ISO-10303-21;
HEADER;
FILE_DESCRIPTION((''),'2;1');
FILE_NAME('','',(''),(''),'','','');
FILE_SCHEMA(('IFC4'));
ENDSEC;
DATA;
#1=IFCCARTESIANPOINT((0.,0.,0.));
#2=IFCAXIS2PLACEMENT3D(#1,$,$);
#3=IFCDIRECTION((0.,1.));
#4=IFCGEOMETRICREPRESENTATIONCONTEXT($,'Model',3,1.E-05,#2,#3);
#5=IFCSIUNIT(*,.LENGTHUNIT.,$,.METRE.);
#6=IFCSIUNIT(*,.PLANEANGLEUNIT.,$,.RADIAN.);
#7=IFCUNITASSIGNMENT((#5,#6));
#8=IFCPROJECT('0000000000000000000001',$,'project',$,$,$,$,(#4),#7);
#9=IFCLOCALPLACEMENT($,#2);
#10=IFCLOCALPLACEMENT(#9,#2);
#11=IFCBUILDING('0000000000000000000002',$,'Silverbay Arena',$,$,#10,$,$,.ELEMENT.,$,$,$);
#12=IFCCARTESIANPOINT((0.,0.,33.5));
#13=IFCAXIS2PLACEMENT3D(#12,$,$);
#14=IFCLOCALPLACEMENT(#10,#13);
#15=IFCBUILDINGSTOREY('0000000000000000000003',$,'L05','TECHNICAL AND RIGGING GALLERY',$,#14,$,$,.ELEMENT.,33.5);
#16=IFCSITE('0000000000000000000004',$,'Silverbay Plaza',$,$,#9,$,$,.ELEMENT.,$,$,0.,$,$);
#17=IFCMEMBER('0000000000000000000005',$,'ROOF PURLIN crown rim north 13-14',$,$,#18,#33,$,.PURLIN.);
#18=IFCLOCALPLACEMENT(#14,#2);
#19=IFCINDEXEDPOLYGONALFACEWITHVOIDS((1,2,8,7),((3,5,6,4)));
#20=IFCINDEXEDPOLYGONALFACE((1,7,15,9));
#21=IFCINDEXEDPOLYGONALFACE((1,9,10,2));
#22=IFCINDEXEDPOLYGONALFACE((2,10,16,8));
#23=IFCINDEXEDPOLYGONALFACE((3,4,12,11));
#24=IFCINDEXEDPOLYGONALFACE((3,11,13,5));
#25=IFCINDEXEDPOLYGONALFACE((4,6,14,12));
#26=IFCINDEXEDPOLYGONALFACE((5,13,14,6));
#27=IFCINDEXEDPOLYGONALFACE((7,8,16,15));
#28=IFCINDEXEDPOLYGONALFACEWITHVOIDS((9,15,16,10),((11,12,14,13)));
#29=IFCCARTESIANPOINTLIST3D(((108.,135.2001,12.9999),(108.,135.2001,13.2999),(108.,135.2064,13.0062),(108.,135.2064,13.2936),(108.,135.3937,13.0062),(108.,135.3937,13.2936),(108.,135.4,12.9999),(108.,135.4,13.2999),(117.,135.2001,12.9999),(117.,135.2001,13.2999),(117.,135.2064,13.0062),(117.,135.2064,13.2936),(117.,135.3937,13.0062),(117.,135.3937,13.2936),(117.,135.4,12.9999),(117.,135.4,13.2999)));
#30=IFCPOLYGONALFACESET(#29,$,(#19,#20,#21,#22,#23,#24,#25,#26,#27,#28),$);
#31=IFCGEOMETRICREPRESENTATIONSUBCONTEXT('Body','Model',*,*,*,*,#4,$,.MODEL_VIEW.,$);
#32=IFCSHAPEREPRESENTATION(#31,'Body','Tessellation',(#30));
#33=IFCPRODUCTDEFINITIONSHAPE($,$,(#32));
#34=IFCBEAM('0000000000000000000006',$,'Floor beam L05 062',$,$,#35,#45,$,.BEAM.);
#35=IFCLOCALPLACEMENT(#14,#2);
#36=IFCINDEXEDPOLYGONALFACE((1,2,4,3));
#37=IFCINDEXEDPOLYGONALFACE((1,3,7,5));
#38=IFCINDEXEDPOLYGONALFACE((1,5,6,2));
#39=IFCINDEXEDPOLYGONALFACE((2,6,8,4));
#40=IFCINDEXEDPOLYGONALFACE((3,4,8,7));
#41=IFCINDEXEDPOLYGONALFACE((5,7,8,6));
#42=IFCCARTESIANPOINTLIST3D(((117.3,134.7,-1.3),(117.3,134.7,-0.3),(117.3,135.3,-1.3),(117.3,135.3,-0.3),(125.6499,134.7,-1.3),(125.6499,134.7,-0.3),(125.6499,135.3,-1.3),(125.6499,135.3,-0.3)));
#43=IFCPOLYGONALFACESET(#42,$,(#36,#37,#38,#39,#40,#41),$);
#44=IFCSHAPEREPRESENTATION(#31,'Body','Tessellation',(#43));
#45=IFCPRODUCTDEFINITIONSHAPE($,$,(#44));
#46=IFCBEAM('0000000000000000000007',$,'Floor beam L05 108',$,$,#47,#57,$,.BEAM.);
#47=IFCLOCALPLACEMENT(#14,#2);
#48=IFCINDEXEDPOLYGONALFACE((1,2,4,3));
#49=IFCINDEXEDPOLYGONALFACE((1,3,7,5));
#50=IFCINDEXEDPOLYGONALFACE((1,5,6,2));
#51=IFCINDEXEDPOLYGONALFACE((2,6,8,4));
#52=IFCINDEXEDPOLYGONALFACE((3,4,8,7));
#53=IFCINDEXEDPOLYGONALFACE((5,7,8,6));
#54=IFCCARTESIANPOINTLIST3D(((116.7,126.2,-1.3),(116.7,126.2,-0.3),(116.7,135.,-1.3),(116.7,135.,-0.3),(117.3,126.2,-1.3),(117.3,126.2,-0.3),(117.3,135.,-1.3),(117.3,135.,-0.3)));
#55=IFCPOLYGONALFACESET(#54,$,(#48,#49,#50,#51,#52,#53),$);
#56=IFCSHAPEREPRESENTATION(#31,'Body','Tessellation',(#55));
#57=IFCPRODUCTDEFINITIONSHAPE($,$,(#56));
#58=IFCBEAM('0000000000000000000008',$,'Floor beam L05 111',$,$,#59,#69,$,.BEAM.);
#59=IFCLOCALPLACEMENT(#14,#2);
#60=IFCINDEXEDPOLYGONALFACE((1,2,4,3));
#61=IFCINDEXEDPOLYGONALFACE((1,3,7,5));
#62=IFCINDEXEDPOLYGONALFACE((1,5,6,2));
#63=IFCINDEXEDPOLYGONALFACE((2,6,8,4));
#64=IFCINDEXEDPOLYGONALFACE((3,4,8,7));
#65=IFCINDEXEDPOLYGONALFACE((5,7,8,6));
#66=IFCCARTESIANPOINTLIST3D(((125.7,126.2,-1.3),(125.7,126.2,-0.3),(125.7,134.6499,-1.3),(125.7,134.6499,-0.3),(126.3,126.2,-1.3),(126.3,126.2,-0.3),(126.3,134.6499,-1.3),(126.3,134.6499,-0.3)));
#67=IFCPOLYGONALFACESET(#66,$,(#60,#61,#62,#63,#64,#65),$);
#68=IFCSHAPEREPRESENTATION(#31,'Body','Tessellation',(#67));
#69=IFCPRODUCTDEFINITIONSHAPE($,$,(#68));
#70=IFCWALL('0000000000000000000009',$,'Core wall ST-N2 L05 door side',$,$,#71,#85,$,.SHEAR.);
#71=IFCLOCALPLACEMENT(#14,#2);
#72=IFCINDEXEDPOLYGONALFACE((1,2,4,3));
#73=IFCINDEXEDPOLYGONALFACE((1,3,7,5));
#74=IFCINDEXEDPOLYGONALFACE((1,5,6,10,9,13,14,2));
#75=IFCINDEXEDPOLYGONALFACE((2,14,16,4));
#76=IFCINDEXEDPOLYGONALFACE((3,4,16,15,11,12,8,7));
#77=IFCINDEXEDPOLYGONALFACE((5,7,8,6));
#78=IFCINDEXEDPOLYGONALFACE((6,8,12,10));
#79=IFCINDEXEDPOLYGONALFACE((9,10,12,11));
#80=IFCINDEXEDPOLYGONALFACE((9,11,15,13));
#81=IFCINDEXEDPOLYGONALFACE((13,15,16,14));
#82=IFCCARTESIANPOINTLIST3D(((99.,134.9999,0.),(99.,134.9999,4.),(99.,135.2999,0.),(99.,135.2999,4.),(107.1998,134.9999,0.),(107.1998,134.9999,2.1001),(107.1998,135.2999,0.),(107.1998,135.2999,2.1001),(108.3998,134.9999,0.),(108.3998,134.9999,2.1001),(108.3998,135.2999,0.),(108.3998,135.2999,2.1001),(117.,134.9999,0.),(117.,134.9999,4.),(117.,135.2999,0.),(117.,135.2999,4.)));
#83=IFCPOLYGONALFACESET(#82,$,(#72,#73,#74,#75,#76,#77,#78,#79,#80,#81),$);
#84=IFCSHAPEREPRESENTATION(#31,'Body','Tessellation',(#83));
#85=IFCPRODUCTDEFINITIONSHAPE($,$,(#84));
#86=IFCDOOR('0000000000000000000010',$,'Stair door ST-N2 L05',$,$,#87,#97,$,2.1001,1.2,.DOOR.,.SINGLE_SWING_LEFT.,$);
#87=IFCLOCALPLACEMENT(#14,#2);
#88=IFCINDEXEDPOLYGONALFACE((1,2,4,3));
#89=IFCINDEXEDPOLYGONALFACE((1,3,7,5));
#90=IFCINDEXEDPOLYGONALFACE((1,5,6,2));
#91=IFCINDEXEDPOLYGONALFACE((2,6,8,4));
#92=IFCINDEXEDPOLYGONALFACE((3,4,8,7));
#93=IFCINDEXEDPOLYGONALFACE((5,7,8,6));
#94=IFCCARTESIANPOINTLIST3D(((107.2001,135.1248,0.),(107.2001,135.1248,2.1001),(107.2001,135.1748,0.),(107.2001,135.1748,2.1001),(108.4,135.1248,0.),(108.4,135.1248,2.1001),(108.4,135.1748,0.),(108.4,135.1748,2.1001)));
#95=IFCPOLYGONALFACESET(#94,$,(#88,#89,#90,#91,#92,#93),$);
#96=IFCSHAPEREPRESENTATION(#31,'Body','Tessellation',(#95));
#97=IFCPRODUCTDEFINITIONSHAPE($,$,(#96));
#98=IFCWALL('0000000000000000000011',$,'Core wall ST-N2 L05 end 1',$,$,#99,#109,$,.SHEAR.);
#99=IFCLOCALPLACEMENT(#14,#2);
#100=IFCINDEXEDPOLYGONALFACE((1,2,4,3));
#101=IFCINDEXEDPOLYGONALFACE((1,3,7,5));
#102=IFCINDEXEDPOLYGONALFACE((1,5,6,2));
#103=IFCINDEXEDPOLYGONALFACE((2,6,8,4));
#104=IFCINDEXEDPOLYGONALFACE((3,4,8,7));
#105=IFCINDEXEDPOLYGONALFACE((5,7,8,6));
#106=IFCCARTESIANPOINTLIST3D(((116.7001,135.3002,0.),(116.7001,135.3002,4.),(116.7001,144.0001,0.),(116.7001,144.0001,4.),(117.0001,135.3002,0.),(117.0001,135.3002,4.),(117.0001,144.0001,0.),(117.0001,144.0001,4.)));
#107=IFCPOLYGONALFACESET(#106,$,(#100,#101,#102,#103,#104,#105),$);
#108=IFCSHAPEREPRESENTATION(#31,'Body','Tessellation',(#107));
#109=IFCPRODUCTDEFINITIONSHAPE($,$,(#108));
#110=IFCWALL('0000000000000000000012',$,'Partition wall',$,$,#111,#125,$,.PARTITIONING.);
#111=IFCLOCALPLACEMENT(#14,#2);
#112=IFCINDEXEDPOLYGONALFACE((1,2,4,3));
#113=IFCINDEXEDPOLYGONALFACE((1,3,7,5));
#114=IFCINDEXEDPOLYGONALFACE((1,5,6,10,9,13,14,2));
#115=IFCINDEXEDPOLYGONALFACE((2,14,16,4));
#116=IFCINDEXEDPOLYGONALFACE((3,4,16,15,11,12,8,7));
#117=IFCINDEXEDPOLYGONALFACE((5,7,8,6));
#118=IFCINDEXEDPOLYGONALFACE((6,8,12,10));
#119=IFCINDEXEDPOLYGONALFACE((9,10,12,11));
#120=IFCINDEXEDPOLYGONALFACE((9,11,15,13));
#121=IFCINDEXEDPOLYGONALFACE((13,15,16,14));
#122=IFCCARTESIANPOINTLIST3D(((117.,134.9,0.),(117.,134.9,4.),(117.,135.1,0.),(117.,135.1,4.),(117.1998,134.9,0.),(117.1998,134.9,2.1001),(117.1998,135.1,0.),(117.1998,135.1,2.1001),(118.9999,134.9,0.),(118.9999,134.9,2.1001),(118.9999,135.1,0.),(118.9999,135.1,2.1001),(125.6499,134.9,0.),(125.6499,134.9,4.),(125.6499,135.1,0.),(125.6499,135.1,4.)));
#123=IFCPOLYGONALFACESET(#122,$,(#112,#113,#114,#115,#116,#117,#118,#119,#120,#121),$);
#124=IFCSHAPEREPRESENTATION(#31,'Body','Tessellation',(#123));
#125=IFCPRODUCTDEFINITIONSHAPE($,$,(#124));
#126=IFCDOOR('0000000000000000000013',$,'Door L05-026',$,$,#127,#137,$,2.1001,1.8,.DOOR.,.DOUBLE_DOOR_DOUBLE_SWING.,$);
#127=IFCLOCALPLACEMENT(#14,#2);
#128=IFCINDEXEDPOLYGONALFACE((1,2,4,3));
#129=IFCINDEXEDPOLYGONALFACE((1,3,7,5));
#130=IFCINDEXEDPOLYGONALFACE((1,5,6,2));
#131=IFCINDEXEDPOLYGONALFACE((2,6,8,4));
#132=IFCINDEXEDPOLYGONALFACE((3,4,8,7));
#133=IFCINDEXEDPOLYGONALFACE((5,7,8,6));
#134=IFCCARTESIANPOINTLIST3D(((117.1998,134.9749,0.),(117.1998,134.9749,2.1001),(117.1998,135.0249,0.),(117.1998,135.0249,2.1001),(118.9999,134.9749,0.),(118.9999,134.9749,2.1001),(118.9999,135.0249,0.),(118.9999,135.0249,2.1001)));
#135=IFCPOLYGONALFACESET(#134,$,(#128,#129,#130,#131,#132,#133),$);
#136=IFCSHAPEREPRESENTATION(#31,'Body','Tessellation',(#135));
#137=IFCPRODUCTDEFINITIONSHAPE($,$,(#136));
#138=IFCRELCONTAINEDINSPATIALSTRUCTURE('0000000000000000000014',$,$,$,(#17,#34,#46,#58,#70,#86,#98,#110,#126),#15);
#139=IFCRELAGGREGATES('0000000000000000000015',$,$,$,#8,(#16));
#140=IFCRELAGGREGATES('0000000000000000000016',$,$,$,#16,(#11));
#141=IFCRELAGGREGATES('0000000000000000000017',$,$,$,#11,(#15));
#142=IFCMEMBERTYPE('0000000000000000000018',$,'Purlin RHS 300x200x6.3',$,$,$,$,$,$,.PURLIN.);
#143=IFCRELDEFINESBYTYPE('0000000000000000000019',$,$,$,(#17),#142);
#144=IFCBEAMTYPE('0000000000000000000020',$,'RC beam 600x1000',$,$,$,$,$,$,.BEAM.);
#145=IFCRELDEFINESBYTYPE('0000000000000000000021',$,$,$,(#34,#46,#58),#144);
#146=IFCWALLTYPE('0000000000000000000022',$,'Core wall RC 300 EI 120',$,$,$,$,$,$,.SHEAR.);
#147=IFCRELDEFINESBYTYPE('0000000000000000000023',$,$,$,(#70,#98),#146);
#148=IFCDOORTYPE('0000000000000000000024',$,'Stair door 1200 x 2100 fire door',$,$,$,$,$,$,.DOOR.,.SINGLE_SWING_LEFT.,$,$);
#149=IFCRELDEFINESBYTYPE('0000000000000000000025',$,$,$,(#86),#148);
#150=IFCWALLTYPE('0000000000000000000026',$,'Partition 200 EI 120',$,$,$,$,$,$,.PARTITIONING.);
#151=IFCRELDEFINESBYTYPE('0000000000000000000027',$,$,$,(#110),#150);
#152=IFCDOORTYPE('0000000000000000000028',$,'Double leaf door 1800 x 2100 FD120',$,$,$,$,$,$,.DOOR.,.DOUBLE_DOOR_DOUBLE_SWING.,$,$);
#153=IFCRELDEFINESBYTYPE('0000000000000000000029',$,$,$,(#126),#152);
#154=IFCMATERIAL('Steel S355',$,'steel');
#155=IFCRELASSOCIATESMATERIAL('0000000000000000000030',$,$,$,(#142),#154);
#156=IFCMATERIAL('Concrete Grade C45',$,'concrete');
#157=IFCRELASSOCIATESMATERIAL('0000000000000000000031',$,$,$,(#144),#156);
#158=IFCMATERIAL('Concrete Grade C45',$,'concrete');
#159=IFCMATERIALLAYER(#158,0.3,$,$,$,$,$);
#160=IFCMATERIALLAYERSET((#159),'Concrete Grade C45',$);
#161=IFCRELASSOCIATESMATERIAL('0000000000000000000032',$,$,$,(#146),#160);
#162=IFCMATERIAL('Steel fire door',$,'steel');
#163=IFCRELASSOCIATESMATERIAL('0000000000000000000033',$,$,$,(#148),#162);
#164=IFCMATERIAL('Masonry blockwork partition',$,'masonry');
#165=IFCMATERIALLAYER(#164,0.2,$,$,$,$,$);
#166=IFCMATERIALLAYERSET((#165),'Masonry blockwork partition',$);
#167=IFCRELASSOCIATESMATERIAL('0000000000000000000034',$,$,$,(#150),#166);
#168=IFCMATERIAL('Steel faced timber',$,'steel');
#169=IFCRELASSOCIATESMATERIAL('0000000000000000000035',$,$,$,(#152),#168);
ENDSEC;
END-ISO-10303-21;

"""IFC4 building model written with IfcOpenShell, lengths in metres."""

from ifc_helpers import new_model, si_unit, direction, frame, frame_2d, origin, origin_2d, place, context, subcontext, project, spatial, rectangle, hollow_rectangle, extrude, material, layer, layer_set, material_profile, profile_set, type_object, element, fill, save


model = new_model("IFC4")

# Units and contexts
model_context = context("Model", 3, precision=1e-05, world=origin(), true_north=direction((0.0, 1.0)))
body_context = subcontext(model_context, "Body", "Model", "MODEL_VIEW")
ifc_project = project(units=[si_unit("LENGTHUNIT", "METRE"), si_unit("PLANEANGLEUNIT", "RADIAN")], contexts=[model_context])

# Site, building, storey
site_placement = place(None, origin())
site = spatial("IfcSite", under=ifc_project, at=site_placement, Name="Silverbay Plaza", CompositionType="ELEMENT", RefElevation=0.0)
building_placement = place(site_placement, origin())
building = spatial("IfcBuilding", under=site, at=building_placement, Name="Silverbay Arena", CompositionType="ELEMENT")
storey_placement = place(building_placement, frame((0.0, 0.0, 33.5)))
storey = spatial("IfcBuildingStorey", under=building, at=storey_placement, Name="L05", Description="TECHNICAL AND RIGGING GALLERY", CompositionType="ELEMENT", Elevation=33.5)

# Member
ifc_material_1 = material(Name="Steel S355", Category="steel")
ifc_material_profile_1 = material_profile(ifc_material_1, hollow_rectangle(XDim=0.2, YDim=0.3, WallThickness=0.0063, at=origin_2d()), Name="RHS 300x200x6.3")
ifc_profile_set_1 = profile_set([ifc_material_profile_1], Name="Steel S355")
member_type_1 = type_object("IfcMemberType", Name="Purlin RHS 300x200x6.3", PredefinedType="PURLIN", material=ifc_profile_set_1)
member_1_placement = place(storey_placement, frame((108.0, 135.3, 13.1499), z_axis=(1.0, 0.0, 0.0), x_axis=(0.0, 1.0, 0.0)))
element("IfcMember", 1, at=member_1_placement, inside=storey, type_object=member_type_1, Name="ROOF PURLIN crown rim north 13-14", PredefinedType="PURLIN", context=body_context, shape_type="SweptSolid", body=[
    extrude(hollow_rectangle(XDim=0.2, YDim=0.3, WallThickness=0.0063, at=origin_2d()), origin(), (0.0, 0.0, 1.0), 9.0),
])

# Beams
ifc_material_2 = material(Name="Concrete Grade C45", Category="concrete")
ifc_material_profile_2 = material_profile(ifc_material_2, rectangle(XDim=0.6001, YDim=1.0, at=origin_2d()), Name="RC 600x1000")
ifc_profile_set_2 = profile_set([ifc_material_profile_2], Name="Concrete Grade C45")
beam_type = type_object("IfcBeamType", Name="RC beam 600x1000", PredefinedType="BEAM", material=ifc_profile_set_2)
beam_1_placement = place(storey_placement, frame((117.3, 135.0, -0.8), z_axis=(1.0, 0.0, 0.0), x_axis=(0.0, 1.0, 0.0)))
element("IfcBeam", 2, at=beam_1_placement, inside=storey, type_object=beam_type, Name="Floor beam L05 062", PredefinedType="BEAM", context=body_context, shape_type="SweptSolid", body=[
    extrude(rectangle(XDim=0.6001, YDim=1.0, at=origin_2d()), origin(), (0.0, 0.0, 1.0), 8.3499),
])
beam_2_placement = place(storey_placement, frame((117.0, 126.2, -0.8), z_axis=(0.0, 1.0, 0.0), x_axis=(-1.0, 0.0, 0.0)))
element("IfcBeam", 3, at=beam_2_placement, inside=storey, type_object=beam_type, Name="Floor beam L05 108", PredefinedType="BEAM", context=body_context, shape_type="SweptSolid", body=[
    extrude(rectangle(XDim=0.6001, YDim=1.0, at=origin_2d()), origin(), (0.0, 0.0, 1.0), 8.8),
])
beam_3_placement = place(storey_placement, frame((126.0, 126.2, -0.8), z_axis=(0.0, 1.0, 0.0), x_axis=(-1.0, 0.0, 0.0)))
element("IfcBeam", 4, at=beam_3_placement, inside=storey, type_object=beam_type, Name="Floor beam L05 111", PredefinedType="BEAM", context=body_context, shape_type="SweptSolid", body=[
    extrude(rectangle(XDim=0.6001, YDim=1.0, at=origin_2d()), origin(), (0.0, 0.0, 1.0), 8.45),
])

# Wall, opening, door
ifc_material_3 = material(Name="Concrete Grade C45", Category="concrete")
ifc_layer_1 = layer(ifc_material_3, 0.3)
ifc_layer_set_1 = layer_set([ifc_layer_1], Name="Concrete Grade C45")
wall_type_1 = type_object("IfcWallType", Name="Core wall RC 300 EI 120", PredefinedType="SHEAR", material=ifc_layer_set_1)
wall_1_placement = place(storey_placement, frame((117.0, 135.1499, 0.0), z_axis=(0.0, 0.0, 1.0), x_axis=(-1.0, 0.0, 0.0)))
wall_1 = element("IfcWall", 5, at=wall_1_placement, inside=storey, type_object=wall_type_1, Name="Core wall ST-N2 L05 door side", PredefinedType="SHEAR", context=body_context, shape_type="SweptSolid", body=[
    extrude(rectangle(XDim=18.0, YDim=0.3, at=frame_2d((9.0, 0.0))), origin(), (0.0, 0.0, 1.0), 4.0),
])
opening_1_placement = place(wall_1_placement, frame((8.6001, 0.0, 0.0)))
opening_1 = element("IfcOpeningElement", 6, at=opening_1_placement, cuts=wall_1, PredefinedType="OPENING", context=body_context, shape_type="SweptSolid", body=[
    extrude(rectangle(XDim=1.2, YDim=2.1001, at=frame_2d((0.6001, 1.05))), frame((0.0, 0.1602, 0.0), z_axis=(0.0, -1.0, 0.0), x_axis=(1.0, 0.0, 0.0)), (0.0, 0.0, 1.0), 0.3201),
])
ifc_material_4 = material(Name="Steel fire door", Category="steel")
door_type_1 = type_object("IfcDoorType", Name="Stair door 1200 x 2100 fire door", OperationType="SINGLE_SWING_LEFT", PredefinedType="DOOR", material=ifc_material_4)
door_1_placement = place(opening_1_placement, frame((1.2, 0.0, 0.0), z_axis=(0.0, 0.0, 1.0), x_axis=(-1.0, 0.0, 0.0)))
door_1 = element("IfcDoor", 7, at=door_1_placement, inside=storey, type_object=door_type_1, Name="Stair door ST-N2 L05", OperationType="SINGLE_SWING_LEFT", OverallHeight=2.1001, OverallWidth=1.2, PredefinedType="DOOR", context=body_context, shape_type="SweptSolid", body=[
    extrude(rectangle(XDim=1.2, YDim=2.1001, at=frame_2d((0.6001, 1.05))), frame((0.0, 0.0249, 0.0), z_axis=(0.0, -1.0, 0.0), x_axis=(1.0, 0.0, 0.0)), (0.0, 0.0, 1.0), 0.05),
])
fill(opening_1, door_1)

# Wall
wall_2_placement = place(storey_placement, frame((116.8501, 135.3, 0.0), z_axis=(0.0, 0.0, 1.0), x_axis=(0.0, 1.0, 0.0)))
element("IfcWall", 8, at=wall_2_placement, inside=storey, type_object=wall_type_1, Name="Core wall ST-N2 L05 end 1", PredefinedType="SHEAR", context=body_context, shape_type="SweptSolid", body=[
    extrude(rectangle(XDim=8.7, YDim=0.3, at=frame_2d((4.3501, 0.0))), origin(), (0.0, 0.0, 1.0), 4.0),
])

# Wall, opening, door
ifc_material_5 = material(Name="Masonry blockwork partition", Category="masonry")
ifc_layer_2 = layer(ifc_material_5, 0.2)
ifc_layer_set_2 = layer_set([ifc_layer_2], Name="Masonry blockwork partition")
wall_type_2 = type_object("IfcWallType", Name="Partition 200 EI 120", PredefinedType="PARTITIONING", material=ifc_layer_set_2)
wall_3_placement = place(storey_placement, frame((117.0, 135.0, 0.0), z_axis=(0.0, 0.0, 1.0), x_axis=(1.0, 0.0, 0.0)))
wall_3 = element("IfcWall", 9, at=wall_3_placement, inside=storey, type_object=wall_type_2, Name="Partition wall", PredefinedType="PARTITIONING", context=body_context, shape_type="SweptSolid", body=[
    extrude(rectangle(XDim=8.6499, YDim=0.2, at=frame_2d((4.325, 0.0))), origin(), (0.0, 0.0, 1.0), 4.0),
])
opening_2_placement = place(wall_3_placement, frame((0.2, 0.0, 0.0)))
opening_2 = element("IfcOpeningElement", 10, at=opening_2_placement, cuts=wall_3, PredefinedType="OPENING", context=body_context, shape_type="SweptSolid", body=[
    extrude(rectangle(XDim=1.8, YDim=2.1001, at=frame_2d((0.8999, 1.05))), frame((0.0, 0.1099, 0.0), z_axis=(0.0, -1.0, 0.0), x_axis=(1.0, 0.0, 0.0)), (0.0, 0.0, 1.0), 0.22),
])
ifc_material_6 = material(Name="Steel faced timber", Category="steel")
door_type_2 = type_object("IfcDoorType", Name="Double leaf door 1800 x 2100 FD120", OperationType="DOUBLE_DOOR_DOUBLE_SWING", PredefinedType="DOOR", material=ifc_material_6)
door_2_placement = place(opening_2_placement, origin())
door_2 = element("IfcDoor", 11, at=door_2_placement, inside=storey, type_object=door_type_2, Name="Door L05-026", OperationType="DOUBLE_DOOR_DOUBLE_SWING", OverallHeight=2.1001, OverallWidth=1.8, PredefinedType="DOOR", context=body_context, shape_type="SweptSolid", body=[
    extrude(rectangle(XDim=1.8, YDim=2.1001, at=frame_2d((0.8999, 1.05))), frame((0.0, 0.0249, 0.0), z_axis=(0.0, -1.0, 0.0), x_axis=(1.0, 0.0, 0.0)), (0.0, 0.0, 1.0), 0.05),
])
fill(opening_2, door_2)

save(model, "model.ifc")
